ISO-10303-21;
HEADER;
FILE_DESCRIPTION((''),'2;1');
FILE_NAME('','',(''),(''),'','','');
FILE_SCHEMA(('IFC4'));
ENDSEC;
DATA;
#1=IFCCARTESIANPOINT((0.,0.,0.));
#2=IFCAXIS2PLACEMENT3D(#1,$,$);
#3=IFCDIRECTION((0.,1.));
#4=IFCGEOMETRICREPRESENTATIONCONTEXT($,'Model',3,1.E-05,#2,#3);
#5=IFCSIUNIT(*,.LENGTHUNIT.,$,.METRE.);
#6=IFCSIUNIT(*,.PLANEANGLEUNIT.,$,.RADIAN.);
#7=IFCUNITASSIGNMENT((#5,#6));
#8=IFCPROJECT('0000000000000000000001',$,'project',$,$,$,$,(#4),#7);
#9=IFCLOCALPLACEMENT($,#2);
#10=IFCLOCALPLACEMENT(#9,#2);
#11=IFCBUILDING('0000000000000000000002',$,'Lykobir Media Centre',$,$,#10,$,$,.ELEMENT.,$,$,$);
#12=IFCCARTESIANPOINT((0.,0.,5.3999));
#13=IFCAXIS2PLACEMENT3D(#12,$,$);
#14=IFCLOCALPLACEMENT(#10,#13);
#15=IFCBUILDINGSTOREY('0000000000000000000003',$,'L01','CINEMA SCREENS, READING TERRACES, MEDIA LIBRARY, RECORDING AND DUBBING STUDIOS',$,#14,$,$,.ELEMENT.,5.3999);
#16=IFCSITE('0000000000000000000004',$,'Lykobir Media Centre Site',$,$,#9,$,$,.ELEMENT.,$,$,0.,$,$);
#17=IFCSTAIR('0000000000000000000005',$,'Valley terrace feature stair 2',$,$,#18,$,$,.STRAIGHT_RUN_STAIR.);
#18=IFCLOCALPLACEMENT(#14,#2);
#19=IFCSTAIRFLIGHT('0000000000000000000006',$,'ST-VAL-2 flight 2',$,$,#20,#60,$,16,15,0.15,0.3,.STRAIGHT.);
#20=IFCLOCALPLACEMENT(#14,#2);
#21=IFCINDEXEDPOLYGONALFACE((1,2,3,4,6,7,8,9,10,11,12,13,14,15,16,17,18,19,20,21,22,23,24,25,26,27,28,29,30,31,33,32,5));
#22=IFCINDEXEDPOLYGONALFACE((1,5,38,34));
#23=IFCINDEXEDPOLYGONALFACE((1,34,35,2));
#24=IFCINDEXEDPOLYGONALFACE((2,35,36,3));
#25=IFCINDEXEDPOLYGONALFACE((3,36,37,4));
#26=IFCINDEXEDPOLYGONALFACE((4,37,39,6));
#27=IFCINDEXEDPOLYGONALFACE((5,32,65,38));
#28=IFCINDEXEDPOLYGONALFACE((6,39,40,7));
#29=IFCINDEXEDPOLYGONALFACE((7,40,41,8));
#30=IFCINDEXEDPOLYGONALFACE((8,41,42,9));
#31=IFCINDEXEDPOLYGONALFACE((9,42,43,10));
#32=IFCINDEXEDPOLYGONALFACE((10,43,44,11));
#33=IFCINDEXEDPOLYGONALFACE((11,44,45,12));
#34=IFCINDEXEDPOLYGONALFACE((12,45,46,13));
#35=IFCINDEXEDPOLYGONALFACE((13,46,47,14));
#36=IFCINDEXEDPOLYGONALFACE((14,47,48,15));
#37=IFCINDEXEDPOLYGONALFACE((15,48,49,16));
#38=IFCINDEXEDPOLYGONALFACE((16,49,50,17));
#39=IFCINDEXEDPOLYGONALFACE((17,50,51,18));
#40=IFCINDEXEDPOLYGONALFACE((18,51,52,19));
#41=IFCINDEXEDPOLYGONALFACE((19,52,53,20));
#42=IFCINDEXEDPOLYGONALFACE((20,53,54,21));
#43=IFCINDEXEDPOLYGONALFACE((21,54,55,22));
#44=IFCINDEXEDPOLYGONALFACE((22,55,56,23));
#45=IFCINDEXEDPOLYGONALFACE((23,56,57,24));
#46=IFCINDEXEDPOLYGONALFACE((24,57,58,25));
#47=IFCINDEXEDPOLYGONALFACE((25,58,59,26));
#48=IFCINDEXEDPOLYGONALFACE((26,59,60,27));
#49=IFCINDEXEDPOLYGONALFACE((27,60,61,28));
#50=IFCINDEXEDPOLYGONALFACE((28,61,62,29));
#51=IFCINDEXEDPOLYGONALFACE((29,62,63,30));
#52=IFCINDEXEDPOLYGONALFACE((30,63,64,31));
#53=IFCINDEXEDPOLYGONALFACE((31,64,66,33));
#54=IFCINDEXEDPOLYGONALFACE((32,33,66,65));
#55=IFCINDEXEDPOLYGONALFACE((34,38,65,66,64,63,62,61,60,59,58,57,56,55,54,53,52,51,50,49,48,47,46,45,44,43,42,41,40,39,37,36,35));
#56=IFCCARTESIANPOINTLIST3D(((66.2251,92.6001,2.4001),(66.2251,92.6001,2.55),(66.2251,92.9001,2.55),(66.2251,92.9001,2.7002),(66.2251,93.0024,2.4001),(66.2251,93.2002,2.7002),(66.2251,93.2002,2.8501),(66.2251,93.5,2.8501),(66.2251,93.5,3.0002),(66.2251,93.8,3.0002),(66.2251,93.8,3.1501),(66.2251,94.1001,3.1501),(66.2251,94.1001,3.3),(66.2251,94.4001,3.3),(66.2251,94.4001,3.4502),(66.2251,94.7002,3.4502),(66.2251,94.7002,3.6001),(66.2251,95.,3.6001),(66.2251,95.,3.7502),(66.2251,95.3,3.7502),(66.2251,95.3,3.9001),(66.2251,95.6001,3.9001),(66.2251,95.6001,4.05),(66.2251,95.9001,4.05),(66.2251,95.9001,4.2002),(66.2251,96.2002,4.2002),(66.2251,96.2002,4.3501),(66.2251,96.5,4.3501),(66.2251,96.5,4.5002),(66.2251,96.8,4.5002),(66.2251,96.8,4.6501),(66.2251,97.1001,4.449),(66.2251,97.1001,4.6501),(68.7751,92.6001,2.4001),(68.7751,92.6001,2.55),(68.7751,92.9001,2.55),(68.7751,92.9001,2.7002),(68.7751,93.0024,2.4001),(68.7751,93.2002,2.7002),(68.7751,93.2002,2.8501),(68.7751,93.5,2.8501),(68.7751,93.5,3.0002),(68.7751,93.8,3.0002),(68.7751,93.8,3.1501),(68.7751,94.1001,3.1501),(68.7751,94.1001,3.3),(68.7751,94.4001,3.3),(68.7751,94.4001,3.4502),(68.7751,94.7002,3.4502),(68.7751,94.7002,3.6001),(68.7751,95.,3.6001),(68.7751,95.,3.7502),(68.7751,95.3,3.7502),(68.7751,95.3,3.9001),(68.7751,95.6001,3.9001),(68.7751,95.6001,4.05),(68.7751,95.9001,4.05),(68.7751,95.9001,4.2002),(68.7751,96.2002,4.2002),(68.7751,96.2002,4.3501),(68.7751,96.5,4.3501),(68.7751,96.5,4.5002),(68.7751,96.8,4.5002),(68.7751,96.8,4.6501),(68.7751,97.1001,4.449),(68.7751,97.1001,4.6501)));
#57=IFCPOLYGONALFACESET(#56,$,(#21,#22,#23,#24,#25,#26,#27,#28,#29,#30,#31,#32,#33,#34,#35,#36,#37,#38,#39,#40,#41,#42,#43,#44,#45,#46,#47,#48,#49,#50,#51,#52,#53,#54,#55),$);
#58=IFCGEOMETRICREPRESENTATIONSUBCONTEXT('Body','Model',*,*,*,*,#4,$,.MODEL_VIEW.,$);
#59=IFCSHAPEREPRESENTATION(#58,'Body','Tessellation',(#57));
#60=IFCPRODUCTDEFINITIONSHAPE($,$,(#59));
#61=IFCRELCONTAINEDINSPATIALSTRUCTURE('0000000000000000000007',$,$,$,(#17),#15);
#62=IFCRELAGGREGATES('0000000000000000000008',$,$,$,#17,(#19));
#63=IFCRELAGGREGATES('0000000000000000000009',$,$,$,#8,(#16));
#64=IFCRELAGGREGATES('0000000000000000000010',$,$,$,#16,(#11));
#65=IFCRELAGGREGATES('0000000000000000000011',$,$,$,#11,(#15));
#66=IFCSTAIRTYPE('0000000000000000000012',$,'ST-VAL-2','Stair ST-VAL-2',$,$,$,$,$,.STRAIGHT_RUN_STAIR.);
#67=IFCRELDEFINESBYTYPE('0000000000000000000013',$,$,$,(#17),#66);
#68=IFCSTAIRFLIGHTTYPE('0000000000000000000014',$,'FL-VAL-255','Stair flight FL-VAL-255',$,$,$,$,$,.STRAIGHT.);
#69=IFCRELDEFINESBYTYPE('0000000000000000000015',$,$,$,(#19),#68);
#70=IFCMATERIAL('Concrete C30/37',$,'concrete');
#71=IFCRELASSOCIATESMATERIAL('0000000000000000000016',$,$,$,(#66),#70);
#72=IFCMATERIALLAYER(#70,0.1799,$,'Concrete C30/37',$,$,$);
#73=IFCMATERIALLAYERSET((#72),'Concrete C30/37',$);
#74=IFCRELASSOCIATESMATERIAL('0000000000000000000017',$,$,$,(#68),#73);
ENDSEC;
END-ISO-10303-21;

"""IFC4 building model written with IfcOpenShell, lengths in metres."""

from ifc_helpers import new_model, si_unit, direction, frame, origin, place, context, subcontext, project, spatial, polyline, outline, extrude, material, layer, layer_set, type_object, element, aggregate, save


model = new_model("IFC4")

# Units and contexts
model_context = context("Model", 3, precision=1e-05, world=origin(), true_north=direction((0.0, 1.0)))
body_context = subcontext(model_context, "Body", "Model", "MODEL_VIEW")
ifc_project = project(units=[si_unit("LENGTHUNIT", "METRE"), si_unit("PLANEANGLEUNIT", "RADIAN")], contexts=[model_context])

# Site, building, storey
site_placement = place(None, origin())
site = spatial("IfcSite", under=ifc_project, at=site_placement, Name="Lykobir Media Centre Site", CompositionType="ELEMENT", RefElevation=0.0)
building_placement = place(site_placement, origin())
building = spatial("IfcBuilding", under=site, at=building_placement, Name="Lykobir Media Centre", CompositionType="ELEMENT")
storey_placement = place(building_placement, frame((0.0, 0.0, 5.3999)))
storey = spatial("IfcBuildingStorey", under=building, at=storey_placement, Name="L01", Description="CINEMA SCREENS, READING TERRACES, MEDIA LIBRARY, RECORDING AND DUBBING STUDIOS", CompositionType="ELEMENT", Elevation=5.3999)

# Stair, stair flight
ifc_material_1 = material(Name="Concrete C30/37", Category="concrete")
stair_type = type_object("IfcStairType", Name="ST-VAL-2", Description="Stair ST-VAL-2", PredefinedType="STRAIGHT_RUN_STAIR", material=ifc_material_1)
stair_placement = place(storey_placement, origin())
stair = element("IfcStair", 1, at=stair_placement, inside=storey, type_object=stair_type, Name="Valley terrace feature stair 2", PredefinedType="STRAIGHT_RUN_STAIR")
ifc_layer_1 = layer(ifc_material_1, 0.1799, Name="Concrete C30/37")
ifc_layer_set_1 = layer_set([ifc_layer_1], Name="Concrete C30/37")
stair_flight_type = type_object("IfcStairFlightType", Name="FL-VAL-255", Description="Stair flight FL-VAL-255", PredefinedType="STRAIGHT", material=ifc_layer_set_1)
stair_flight_placement = place(storey_placement, frame((67.5, 92.6001, 2.4001), z_axis=(0.0, 0.0, 1.0), x_axis=(0.0, 1.0, 0.0)))
stair_flight = element("IfcStairFlight", 2, at=stair_flight_placement, type_object=stair_flight_type, Name="ST-VAL-2 flight 2", NumberOfRisers=16, NumberOfTreads=15, PredefinedType="STRAIGHT", RiserHeight=0.15, TreadLength=0.3, context=body_context, shape_type="SweptSolid", body=[
    extrude(outline(polyline([(0.0, 0.0), (0.0, 0.1499), (0.3, 0.1499), (0.3, 0.3), (0.6001, 0.3), (0.6001, 0.45), (0.8999, 0.45), (0.8999, 0.6001), (1.2, 0.6001), (1.2, 0.75), (1.5, 0.75), (1.5, 0.8999), (1.8, 0.8999), (1.8, 1.05), (2.1001, 1.05), (2.1001, 1.2), (2.3999, 1.2), (2.3999, 1.3501), (2.7, 1.3501), (2.7, 1.5), (3.0, 1.5), (3.0, 1.6499), (3.3, 1.6499), (3.3, 1.8), (3.6001, 1.8), (3.6001, 1.95), (3.8999, 1.95), (3.8999, 2.1001), (4.2, 2.1001), (4.2, 2.25), (4.5, 2.25), (4.5, 2.3999), (4.5, 2.0488), (0.4023, 0.0), (0.0, 0.0)])), frame((0.0, 1.2749, 0.0), z_axis=(0.0, -1.0, 0.0), x_axis=(1.0, 0.0, 0.0)), (0.0, 0.0, 1.0), 2.55),
])
aggregate(stair, [stair_flight])

save(model, "model.ifc")
